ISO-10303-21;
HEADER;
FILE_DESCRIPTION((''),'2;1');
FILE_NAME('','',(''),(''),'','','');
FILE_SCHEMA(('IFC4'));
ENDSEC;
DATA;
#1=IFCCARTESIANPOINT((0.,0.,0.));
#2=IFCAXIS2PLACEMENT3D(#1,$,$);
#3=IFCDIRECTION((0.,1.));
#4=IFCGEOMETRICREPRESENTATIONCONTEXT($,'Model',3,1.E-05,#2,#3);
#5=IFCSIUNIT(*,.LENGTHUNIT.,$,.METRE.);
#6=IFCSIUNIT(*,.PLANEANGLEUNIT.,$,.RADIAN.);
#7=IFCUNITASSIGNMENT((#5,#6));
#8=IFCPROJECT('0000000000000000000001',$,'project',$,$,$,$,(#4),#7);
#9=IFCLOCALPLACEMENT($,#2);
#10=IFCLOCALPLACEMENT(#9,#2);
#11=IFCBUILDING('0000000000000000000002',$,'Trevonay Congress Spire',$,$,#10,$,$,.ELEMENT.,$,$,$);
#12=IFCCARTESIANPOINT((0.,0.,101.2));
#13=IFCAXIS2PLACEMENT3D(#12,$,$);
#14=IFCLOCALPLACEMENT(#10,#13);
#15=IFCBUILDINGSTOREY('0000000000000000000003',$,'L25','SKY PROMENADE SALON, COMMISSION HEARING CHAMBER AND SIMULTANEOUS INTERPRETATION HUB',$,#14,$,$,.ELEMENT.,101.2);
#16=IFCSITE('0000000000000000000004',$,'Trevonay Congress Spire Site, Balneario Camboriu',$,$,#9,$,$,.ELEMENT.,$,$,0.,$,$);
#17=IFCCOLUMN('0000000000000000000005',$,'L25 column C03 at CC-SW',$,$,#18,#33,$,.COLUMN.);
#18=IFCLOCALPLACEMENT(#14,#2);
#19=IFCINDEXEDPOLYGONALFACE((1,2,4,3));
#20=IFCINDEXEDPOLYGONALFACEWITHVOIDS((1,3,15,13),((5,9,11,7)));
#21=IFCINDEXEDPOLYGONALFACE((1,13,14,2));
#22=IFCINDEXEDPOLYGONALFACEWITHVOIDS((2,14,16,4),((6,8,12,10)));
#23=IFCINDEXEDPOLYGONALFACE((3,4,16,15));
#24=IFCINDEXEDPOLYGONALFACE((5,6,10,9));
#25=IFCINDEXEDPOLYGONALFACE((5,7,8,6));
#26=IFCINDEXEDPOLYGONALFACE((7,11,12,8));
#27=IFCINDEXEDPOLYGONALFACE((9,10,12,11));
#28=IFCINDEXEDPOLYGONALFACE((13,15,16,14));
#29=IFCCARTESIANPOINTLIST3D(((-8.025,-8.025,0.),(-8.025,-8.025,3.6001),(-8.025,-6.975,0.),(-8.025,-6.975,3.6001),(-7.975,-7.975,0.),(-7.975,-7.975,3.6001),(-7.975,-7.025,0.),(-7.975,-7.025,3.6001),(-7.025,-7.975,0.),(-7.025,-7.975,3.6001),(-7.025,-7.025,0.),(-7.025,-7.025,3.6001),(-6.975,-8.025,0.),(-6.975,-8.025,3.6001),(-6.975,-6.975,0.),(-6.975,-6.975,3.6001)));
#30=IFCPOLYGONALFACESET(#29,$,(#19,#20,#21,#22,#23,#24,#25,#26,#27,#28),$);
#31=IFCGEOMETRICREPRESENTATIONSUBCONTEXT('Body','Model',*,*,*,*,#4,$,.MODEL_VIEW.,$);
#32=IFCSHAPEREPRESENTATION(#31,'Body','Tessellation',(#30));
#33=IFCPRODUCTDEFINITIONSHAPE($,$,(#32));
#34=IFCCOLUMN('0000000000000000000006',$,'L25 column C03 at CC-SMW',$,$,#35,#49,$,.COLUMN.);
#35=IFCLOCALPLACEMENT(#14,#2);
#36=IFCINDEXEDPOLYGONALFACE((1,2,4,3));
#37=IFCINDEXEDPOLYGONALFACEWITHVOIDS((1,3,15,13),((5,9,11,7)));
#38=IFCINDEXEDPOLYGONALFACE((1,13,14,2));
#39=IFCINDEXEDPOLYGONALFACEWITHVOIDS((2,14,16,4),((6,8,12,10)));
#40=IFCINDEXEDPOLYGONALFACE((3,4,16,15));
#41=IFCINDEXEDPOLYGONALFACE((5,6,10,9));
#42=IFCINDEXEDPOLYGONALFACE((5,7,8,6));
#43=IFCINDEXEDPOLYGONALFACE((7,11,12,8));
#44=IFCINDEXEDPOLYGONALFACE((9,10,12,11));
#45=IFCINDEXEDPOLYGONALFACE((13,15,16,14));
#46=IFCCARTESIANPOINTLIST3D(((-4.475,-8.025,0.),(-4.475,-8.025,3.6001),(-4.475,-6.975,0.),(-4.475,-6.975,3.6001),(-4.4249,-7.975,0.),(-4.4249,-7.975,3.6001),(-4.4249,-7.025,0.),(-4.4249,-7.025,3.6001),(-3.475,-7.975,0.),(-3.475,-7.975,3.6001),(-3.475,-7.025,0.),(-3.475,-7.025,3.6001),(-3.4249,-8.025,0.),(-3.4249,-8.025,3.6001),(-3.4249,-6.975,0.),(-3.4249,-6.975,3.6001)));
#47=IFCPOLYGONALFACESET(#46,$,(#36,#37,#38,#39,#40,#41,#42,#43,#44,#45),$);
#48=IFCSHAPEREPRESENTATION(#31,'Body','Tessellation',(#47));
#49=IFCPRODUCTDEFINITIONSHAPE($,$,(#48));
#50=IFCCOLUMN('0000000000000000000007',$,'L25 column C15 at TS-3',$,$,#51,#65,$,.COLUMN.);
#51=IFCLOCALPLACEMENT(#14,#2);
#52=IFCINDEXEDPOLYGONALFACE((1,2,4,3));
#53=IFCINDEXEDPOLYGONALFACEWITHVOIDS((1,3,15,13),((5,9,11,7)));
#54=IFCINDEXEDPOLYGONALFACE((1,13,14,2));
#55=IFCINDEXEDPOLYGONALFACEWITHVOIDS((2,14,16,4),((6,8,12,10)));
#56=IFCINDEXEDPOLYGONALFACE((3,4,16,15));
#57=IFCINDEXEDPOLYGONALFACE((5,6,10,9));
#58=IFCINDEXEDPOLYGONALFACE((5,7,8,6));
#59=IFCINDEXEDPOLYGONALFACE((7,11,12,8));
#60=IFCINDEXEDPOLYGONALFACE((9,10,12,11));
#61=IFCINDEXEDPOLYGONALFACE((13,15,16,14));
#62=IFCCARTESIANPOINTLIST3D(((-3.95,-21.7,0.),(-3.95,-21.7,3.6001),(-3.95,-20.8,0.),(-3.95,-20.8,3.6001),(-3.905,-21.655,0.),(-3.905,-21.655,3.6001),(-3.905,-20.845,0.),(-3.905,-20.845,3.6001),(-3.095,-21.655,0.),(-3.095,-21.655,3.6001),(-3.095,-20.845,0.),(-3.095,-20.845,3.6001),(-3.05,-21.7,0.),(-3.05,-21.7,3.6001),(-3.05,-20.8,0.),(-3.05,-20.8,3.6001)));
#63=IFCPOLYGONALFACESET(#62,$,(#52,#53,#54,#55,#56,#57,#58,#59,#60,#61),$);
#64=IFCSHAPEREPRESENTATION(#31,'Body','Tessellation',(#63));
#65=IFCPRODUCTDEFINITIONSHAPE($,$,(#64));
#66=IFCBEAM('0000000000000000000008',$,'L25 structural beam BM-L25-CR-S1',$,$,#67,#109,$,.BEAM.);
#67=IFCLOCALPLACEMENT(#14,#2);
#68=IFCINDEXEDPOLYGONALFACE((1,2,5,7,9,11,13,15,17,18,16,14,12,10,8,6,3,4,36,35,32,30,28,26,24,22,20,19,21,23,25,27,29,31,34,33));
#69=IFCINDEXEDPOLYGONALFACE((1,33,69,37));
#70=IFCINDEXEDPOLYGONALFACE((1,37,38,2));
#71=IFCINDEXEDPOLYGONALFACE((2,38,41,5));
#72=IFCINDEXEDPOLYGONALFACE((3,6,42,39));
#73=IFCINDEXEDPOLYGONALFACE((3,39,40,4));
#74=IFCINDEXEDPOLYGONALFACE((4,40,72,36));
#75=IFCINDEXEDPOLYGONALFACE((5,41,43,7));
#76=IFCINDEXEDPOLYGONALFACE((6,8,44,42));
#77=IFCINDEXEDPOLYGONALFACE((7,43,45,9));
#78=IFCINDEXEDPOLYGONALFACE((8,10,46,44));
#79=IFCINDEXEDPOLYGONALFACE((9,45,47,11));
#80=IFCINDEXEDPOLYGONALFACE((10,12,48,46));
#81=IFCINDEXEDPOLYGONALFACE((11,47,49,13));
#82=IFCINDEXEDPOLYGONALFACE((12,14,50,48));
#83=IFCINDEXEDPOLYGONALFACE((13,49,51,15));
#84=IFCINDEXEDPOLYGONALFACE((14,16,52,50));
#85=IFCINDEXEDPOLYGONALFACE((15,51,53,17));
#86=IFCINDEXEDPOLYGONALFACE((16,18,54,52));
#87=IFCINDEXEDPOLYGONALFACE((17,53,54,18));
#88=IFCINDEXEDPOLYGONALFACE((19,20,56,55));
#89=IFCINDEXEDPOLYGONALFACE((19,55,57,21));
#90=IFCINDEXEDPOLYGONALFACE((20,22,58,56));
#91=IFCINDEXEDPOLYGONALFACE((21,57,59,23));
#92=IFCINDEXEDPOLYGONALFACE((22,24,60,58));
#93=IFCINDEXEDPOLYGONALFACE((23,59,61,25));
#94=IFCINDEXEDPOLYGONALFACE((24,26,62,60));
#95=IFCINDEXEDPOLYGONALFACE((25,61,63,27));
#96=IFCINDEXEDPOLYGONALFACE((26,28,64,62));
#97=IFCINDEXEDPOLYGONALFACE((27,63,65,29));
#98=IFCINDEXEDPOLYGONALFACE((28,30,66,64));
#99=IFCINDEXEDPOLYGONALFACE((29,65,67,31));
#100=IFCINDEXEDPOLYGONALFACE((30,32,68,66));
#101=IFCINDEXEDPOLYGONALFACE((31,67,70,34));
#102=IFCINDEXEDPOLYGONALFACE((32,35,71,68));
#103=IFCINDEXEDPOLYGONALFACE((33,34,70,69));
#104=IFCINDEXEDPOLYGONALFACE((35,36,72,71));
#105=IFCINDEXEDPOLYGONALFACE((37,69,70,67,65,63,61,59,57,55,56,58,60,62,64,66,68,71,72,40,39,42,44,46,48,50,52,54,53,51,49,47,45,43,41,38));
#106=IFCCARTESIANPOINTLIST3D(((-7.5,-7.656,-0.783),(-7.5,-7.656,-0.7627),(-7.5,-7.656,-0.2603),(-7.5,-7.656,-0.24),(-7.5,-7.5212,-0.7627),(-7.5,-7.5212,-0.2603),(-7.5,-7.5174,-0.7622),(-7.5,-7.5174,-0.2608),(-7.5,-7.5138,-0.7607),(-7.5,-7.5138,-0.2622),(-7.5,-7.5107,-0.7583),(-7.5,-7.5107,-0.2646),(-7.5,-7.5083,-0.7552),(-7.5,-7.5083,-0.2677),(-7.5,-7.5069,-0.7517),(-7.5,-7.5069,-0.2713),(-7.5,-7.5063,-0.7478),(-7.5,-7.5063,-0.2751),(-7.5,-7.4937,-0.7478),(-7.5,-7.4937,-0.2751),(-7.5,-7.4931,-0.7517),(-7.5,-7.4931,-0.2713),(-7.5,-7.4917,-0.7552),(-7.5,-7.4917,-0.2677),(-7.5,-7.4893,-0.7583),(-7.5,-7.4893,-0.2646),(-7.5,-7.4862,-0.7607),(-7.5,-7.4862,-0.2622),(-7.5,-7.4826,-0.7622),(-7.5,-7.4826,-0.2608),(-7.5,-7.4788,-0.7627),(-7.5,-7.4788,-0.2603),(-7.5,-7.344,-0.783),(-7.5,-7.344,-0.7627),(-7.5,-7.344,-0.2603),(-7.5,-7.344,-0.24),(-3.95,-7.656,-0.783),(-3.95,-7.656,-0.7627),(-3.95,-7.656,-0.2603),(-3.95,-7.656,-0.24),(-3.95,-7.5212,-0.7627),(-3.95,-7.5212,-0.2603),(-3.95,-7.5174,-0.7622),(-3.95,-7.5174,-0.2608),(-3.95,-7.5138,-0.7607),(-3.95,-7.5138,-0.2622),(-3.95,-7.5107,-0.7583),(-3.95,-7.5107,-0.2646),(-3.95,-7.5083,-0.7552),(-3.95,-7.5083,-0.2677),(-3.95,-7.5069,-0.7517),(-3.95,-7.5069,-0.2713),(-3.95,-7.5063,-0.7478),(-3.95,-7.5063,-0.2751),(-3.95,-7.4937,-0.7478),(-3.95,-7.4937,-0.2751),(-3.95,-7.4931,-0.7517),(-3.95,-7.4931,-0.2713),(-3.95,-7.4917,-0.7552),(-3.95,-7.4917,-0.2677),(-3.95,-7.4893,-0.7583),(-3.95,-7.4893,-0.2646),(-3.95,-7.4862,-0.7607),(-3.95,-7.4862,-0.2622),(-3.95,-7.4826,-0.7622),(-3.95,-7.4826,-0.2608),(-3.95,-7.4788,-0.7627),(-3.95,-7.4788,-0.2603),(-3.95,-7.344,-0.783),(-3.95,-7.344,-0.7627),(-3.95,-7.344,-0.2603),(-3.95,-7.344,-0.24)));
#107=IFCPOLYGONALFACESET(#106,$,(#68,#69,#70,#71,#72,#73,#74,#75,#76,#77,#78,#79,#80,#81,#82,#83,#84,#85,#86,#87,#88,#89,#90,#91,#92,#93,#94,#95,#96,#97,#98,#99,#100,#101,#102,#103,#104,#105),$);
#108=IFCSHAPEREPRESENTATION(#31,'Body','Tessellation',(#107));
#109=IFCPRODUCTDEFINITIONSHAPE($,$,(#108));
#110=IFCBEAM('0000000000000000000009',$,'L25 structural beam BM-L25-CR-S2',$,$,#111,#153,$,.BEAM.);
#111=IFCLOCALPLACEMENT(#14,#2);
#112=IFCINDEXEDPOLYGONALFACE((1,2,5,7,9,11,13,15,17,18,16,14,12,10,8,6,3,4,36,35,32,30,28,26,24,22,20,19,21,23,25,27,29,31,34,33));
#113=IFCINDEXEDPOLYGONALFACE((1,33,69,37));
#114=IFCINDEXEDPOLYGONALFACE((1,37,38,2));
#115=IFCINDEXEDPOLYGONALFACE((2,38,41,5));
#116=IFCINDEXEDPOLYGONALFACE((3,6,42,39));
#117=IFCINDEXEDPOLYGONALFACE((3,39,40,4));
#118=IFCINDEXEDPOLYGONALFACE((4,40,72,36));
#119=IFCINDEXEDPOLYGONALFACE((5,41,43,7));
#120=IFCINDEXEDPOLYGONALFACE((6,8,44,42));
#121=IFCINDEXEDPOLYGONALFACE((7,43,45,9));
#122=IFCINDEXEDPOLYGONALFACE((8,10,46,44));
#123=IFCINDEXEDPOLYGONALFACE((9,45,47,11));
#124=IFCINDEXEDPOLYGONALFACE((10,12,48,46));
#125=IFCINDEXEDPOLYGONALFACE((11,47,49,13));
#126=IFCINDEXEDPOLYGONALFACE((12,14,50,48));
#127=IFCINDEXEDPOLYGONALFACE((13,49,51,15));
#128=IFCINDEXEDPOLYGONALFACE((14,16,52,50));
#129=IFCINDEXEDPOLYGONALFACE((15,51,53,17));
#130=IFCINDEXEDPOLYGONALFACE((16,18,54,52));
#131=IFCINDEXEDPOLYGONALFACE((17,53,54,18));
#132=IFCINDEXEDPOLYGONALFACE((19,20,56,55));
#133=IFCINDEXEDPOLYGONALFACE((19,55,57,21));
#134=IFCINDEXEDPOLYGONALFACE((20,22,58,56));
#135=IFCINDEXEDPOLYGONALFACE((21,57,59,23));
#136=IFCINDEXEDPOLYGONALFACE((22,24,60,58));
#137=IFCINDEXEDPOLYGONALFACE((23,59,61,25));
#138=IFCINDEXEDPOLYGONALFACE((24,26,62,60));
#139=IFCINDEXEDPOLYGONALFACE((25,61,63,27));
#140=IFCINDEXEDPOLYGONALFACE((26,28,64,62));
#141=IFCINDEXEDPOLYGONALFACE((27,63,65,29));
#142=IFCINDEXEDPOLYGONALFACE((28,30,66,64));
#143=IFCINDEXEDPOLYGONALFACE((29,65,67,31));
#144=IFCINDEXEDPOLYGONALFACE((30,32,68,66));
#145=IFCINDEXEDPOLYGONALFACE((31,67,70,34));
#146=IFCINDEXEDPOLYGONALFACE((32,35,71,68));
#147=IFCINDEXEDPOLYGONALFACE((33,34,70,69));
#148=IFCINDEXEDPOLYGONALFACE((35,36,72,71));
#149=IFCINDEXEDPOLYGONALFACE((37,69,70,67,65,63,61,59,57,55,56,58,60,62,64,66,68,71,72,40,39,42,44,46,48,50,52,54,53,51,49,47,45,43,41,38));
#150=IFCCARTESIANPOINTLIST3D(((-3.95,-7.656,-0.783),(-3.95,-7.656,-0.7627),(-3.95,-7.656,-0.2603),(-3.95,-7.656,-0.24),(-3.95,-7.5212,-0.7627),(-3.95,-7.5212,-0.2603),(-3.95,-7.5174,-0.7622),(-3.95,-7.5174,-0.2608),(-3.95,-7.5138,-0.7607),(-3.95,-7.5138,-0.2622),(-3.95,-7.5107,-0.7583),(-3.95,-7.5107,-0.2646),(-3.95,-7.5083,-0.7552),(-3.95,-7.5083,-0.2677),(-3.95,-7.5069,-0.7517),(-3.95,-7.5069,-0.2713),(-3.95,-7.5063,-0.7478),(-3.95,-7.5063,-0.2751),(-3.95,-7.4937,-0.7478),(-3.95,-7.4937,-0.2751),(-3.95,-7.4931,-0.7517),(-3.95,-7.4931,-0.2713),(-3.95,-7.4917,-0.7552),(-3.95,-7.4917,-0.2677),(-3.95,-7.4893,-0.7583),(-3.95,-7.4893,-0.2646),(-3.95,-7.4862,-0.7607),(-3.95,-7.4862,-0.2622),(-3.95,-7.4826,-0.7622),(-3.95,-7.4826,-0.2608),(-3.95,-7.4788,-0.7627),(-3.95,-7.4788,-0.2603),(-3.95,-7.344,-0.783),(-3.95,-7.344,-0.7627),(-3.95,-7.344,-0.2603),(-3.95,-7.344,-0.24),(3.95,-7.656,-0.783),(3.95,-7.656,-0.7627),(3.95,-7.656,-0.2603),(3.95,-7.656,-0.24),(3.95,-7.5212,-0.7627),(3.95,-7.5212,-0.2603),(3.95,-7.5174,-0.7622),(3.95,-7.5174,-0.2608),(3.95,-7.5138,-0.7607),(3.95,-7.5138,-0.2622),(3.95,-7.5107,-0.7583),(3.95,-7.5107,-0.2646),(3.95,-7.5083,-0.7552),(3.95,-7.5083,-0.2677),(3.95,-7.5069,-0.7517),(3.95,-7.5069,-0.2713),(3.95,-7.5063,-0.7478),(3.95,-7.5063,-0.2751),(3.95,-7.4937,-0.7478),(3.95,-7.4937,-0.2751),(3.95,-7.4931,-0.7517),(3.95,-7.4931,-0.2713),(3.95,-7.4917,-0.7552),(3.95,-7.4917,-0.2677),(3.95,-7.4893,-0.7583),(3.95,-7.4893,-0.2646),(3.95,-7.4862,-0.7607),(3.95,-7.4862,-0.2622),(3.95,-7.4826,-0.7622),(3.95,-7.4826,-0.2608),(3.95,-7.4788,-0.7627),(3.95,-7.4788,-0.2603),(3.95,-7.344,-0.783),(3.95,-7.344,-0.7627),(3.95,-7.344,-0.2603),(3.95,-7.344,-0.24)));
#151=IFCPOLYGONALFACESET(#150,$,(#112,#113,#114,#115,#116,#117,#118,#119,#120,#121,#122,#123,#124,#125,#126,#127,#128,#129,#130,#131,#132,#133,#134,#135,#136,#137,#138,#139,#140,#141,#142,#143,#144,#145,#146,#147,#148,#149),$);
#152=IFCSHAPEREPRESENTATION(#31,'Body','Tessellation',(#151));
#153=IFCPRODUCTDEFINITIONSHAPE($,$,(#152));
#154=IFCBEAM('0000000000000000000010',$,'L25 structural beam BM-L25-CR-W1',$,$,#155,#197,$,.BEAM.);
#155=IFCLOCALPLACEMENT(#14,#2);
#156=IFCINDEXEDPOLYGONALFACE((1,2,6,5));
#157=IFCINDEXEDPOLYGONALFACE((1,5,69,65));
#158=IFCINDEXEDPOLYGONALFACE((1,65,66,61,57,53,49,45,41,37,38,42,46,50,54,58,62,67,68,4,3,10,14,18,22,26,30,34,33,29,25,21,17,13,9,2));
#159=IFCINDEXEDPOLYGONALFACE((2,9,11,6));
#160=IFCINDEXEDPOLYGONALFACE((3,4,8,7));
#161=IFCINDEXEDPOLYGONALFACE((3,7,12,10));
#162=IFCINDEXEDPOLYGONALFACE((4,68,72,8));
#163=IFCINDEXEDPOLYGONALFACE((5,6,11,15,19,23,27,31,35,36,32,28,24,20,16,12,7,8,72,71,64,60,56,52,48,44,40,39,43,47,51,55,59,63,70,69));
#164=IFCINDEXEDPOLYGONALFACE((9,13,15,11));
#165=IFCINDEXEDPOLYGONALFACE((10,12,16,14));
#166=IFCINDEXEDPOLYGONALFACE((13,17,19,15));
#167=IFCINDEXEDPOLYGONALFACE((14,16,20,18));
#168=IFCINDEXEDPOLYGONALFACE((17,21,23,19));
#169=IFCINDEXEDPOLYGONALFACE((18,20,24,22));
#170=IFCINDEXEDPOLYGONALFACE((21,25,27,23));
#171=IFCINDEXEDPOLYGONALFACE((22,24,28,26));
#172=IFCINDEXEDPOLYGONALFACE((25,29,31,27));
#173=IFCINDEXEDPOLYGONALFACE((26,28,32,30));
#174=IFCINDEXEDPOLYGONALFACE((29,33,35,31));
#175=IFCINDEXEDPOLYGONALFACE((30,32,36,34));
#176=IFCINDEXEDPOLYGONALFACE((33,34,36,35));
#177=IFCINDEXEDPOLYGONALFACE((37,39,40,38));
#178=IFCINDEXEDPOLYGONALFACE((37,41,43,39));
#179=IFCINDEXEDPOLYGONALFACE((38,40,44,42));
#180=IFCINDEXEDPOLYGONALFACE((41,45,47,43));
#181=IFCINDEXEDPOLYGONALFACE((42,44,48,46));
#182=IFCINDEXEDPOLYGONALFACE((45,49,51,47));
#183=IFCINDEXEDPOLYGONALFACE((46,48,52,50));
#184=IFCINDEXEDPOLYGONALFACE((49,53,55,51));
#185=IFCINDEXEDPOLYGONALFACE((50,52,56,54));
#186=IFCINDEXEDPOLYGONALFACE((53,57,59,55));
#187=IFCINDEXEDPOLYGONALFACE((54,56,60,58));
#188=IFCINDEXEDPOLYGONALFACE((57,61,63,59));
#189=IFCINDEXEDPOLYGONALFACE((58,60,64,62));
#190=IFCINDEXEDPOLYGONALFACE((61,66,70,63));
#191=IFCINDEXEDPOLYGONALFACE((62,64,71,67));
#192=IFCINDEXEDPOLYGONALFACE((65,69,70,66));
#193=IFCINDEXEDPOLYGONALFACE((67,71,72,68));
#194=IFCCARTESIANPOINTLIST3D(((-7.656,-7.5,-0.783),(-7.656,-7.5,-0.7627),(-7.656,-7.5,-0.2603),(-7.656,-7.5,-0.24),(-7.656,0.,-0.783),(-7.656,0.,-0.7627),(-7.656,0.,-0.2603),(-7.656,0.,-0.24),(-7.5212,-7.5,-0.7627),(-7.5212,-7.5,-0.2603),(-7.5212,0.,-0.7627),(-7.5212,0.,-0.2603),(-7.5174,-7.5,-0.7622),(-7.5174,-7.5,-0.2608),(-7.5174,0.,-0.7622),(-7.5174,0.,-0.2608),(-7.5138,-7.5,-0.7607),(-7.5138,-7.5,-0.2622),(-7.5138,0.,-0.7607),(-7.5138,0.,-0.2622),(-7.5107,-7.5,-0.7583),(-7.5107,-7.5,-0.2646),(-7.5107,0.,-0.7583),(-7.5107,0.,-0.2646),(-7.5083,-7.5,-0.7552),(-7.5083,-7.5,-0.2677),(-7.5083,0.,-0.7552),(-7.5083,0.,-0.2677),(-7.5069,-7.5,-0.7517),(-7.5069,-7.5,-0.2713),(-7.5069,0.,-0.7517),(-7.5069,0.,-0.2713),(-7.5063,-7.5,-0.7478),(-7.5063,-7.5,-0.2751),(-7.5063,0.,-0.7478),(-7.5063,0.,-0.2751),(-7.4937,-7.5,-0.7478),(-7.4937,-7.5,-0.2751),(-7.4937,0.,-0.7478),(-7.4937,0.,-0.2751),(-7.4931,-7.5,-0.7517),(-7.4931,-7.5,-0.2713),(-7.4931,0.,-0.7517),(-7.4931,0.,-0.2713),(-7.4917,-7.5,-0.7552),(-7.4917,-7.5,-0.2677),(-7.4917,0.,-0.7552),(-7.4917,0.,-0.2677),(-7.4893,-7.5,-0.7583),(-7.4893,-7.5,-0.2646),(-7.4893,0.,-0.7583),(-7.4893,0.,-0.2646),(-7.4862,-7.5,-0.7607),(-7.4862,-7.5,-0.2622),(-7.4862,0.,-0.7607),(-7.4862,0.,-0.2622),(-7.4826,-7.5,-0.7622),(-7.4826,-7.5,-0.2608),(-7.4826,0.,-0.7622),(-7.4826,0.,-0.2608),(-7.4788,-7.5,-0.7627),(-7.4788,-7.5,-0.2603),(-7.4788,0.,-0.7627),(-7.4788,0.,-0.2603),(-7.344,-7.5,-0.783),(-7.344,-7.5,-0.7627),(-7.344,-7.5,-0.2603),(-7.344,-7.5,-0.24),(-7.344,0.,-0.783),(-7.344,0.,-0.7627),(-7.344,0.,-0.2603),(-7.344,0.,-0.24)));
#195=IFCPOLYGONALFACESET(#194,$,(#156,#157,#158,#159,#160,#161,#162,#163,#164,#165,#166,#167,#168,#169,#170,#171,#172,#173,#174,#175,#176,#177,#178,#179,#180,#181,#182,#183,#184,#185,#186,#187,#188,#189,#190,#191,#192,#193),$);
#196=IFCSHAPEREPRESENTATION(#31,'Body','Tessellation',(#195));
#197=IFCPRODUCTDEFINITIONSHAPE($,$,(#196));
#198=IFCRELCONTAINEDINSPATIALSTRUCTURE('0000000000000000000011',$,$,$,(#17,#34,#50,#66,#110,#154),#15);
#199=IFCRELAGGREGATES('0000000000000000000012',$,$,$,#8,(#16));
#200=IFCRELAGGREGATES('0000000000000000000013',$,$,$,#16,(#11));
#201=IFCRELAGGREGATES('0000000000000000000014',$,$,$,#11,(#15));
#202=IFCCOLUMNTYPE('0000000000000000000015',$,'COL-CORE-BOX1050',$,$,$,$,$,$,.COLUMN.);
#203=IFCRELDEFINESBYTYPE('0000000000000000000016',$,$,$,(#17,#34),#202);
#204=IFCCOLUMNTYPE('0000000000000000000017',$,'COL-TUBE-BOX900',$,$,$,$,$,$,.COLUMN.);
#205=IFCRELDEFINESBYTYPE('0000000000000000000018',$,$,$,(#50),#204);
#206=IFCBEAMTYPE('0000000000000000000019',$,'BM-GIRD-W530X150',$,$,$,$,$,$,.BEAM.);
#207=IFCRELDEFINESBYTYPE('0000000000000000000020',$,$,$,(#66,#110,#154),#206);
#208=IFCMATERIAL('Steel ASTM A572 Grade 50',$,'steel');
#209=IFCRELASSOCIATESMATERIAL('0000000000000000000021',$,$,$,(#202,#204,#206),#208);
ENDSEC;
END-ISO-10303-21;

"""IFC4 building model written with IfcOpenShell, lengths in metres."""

from ifc_helpers import new_model, si_unit, direction, frame, origin, origin_2d, place, context, subcontext, project, spatial, hollow_rectangle, i_section, extrude, material, material_profile, profile_set, type_object, element, save


model = new_model("IFC4")

# Units and contexts
model_context = context("Model", 3, precision=1e-05, world=origin(), true_north=direction((0.0, 1.0)))
body_context = subcontext(model_context, "Body", "Model", "MODEL_VIEW")
ifc_project = project(units=[si_unit("LENGTHUNIT", "METRE"), si_unit("PLANEANGLEUNIT", "RADIAN")], contexts=[model_context])

# Site, building, storey
site_placement = place(None, origin())
site = spatial("IfcSite", under=ifc_project, at=site_placement, Name="Trevonay Congress Spire Site, Balneario Camboriu", CompositionType="ELEMENT", RefElevation=0.0)
building_placement = place(site_placement, origin())
building = spatial("IfcBuilding", under=site, at=building_placement, Name="Trevonay Congress Spire", CompositionType="ELEMENT")
storey_placement = place(building_placement, frame((0.0, 0.0, 101.2)))
storey = spatial("IfcBuildingStorey", under=building, at=storey_placement, Name="L25", Description="SKY PROMENADE SALON, COMMISSION HEARING CHAMBER AND SIMULTANEOUS INTERPRETATION HUB", CompositionType="ELEMENT", Elevation=101.2)

# Columns
ifc_material_1 = material(Name="Steel ASTM A572 Grade 50", Category="steel")
ifc_material_profile_1 = material_profile(ifc_material_1, hollow_rectangle(XDim=1.05, YDim=1.05, WallThickness=0.05, at=origin_2d()), Name="BOX 1050x1050x50")
ifc_profile_set_1 = profile_set([ifc_material_profile_1], Name="Steel ASTM A572 Grade 50")
column_type_1 = type_object("IfcColumnType", Name="COL-CORE-BOX1050", PredefinedType="COLUMN", material=ifc_profile_set_1)
for number, where, z_axis, x_axis, name in (
    (1, (-7.5, -7.5, 0.0), (0.0, 0.0, 1.0), (1.0, 0.0, 0.0), "L25 column C03 at CC-SW"),
    (2, (-3.95, -7.5, 0.0), (0.0, 0.0, 1.0), (1.0, 0.0, 0.0), "L25 column C03 at CC-SMW"),
):
    element("IfcColumn", number, at=place(storey_placement, frame(where, z_axis=z_axis, x_axis=x_axis)), inside=storey, type_object=column_type_1, Name=name, PredefinedType="COLUMN", context=body_context, shape_type="SweptSolid", body=[
        extrude(hollow_rectangle(XDim=1.05, YDim=1.05, WallThickness=0.05, at=origin_2d()), origin(), (0.0, 0.0, 1.0), 3.6001),
    ])
ifc_material_profile_2 = material_profile(ifc_material_1, hollow_rectangle(XDim=0.8999, YDim=0.8999, WallThickness=0.0449, at=origin_2d()), Name="BOX 900x900x45")
ifc_profile_set_2 = profile_set([ifc_material_profile_2], Name="Steel ASTM A572 Grade 50")
column_type_2 = type_object("IfcColumnType", Name="COL-TUBE-BOX900", PredefinedType="COLUMN", material=ifc_profile_set_2)
column_placement = place(storey_placement, frame((-3.5, -21.25, 0.0), z_axis=(0.0, 0.0, 1.0), x_axis=(1.0, 0.0, 0.0)))
element("IfcColumn", 3, at=column_placement, inside=storey, type_object=column_type_2, Name="L25 column C15 at TS-3", PredefinedType="COLUMN", context=body_context, shape_type="SweptSolid", body=[
    extrude(hollow_rectangle(XDim=0.8999, YDim=0.8999, WallThickness=0.0449, at=origin_2d()), origin(), (0.0, 0.0, 1.0), 3.6001),
])

# Beams
ifc_material_profile_3 = material_profile(ifc_material_1, i_section(OverallWidth=0.312, OverallDepth=0.543, WebThickness=0.0127, FlangeThickness=0.0203, FilletRadius=0.0149, at=origin_2d()), Name="W530x150")
ifc_profile_set_3 = profile_set([ifc_material_profile_3], Name="Steel ASTM A572 Grade 50")
beam_type_1 = type_object("IfcBeamType", Name="BM-GIRD-W530X150", PredefinedType="BEAM", material=ifc_profile_set_3)
beam_1_placement = place(storey_placement, frame((-7.5, -7.5, -0.5115), z_axis=(1.0, 0.0, 0.0), x_axis=(0.0, 1.0, 0.0)))
element("IfcBeam", 4, at=beam_1_placement, inside=storey, type_object=beam_type_1, Name="L25 structural beam BM-L25-CR-S1", PredefinedType="BEAM", context=body_context, shape_type="SweptSolid", body=[
    extrude(i_section(OverallWidth=0.312, OverallDepth=0.543, WebThickness=0.0127, FlangeThickness=0.0203, FilletRadius=0.0149, at=origin_2d()), origin(), (0.0, 0.0, 1.0), 3.55),
])
beam_2_placement = place(storey_placement, frame((-3.95, -7.5, -0.5115), z_axis=(1.0, 0.0, 0.0), x_axis=(0.0, 1.0, 0.0)))
element("IfcBeam", 5, at=beam_2_placement, inside=storey, type_object=beam_type_1, Name="L25 structural beam BM-L25-CR-S2", PredefinedType="BEAM", context=body_context, shape_type="SweptSolid", body=[
    extrude(i_section(OverallWidth=0.312, OverallDepth=0.543, WebThickness=0.0127, FlangeThickness=0.0203, FilletRadius=0.0149, at=origin_2d()), origin(), (0.0, 0.0, 1.0), 7.8999),
])
beam_3_placement = place(storey_placement, frame((-7.5, -7.5, -0.5115), z_axis=(0.0, 1.0, 0.0), x_axis=(-1.0, 0.0, 0.0)))
element("IfcBeam", 6, at=beam_3_placement, inside=storey, type_object=beam_type_1, Name="L25 structural beam BM-L25-CR-W1", PredefinedType="BEAM", context=body_context, shape_type="SweptSolid", body=[
    extrude(i_section(OverallWidth=0.312, OverallDepth=0.543, WebThickness=0.0127, FlangeThickness=0.0203, FilletRadius=0.0149, at=origin_2d()), origin(), (0.0, 0.0, 1.0), 7.5),
])

save(model, "model.ifc")
